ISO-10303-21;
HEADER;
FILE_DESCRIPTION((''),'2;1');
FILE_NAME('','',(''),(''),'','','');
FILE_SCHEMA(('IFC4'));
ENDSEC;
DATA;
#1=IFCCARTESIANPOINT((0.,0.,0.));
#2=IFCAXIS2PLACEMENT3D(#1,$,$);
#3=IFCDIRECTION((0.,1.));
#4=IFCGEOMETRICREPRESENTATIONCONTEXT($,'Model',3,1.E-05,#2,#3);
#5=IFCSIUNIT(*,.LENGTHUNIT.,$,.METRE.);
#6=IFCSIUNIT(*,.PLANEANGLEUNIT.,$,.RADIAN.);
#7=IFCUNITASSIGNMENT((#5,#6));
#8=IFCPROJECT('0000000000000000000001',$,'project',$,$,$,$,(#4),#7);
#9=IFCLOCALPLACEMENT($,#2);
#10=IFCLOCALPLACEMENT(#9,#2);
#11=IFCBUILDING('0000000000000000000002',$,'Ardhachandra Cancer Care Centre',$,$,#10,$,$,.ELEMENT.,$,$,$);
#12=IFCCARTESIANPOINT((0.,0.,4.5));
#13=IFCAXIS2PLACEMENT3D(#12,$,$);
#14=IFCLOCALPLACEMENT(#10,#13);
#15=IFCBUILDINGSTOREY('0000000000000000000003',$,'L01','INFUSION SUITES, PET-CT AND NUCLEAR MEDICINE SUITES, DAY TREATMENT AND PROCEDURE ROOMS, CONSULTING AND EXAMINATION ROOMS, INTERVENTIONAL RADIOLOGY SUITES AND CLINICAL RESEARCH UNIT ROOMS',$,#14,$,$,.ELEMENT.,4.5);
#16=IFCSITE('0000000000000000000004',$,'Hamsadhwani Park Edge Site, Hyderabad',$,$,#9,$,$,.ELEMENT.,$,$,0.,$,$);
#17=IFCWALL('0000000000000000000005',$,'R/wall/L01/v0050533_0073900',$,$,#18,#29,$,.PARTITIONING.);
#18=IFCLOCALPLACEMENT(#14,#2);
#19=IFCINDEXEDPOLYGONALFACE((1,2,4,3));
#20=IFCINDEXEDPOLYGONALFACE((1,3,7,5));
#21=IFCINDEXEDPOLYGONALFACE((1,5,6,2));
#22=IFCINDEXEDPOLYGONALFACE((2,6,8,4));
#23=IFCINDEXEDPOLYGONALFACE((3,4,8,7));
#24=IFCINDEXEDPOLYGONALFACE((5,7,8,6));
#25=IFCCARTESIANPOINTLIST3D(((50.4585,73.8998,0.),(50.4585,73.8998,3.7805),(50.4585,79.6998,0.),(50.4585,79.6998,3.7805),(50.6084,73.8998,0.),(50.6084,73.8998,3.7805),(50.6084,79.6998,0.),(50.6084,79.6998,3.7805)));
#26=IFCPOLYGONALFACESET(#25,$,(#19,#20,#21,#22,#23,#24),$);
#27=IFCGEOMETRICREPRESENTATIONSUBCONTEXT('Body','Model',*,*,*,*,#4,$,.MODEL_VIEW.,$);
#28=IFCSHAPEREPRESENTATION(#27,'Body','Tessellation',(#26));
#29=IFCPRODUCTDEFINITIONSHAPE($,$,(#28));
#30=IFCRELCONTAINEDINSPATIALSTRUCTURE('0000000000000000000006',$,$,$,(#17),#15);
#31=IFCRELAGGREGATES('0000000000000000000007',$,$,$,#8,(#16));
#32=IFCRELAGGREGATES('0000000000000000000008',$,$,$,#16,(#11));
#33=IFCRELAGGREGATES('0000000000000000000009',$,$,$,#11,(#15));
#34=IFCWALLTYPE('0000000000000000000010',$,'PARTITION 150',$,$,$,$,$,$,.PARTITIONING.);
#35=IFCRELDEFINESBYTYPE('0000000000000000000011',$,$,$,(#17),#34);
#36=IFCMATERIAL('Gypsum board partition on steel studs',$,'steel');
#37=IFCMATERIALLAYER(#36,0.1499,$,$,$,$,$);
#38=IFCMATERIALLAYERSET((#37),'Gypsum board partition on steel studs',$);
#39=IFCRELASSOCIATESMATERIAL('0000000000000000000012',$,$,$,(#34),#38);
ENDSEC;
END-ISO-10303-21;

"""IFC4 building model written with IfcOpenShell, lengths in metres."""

from ifc_helpers import new_model, si_unit, direction, frame, frame_2d, origin, place, context, subcontext, project, spatial, rectangle, extrude, material, layer, layer_set, type_object, element, save


model = new_model("IFC4")

# Units and contexts
model_context = context("Model", 3, precision=1e-05, world=origin(), true_north=direction((0.0, 1.0)))
body_context = subcontext(model_context, "Body", "Model", "MODEL_VIEW")
ifc_project = project(units=[si_unit("LENGTHUNIT", "METRE"), si_unit("PLANEANGLEUNIT", "RADIAN")], contexts=[model_context])

# Site, building, storey
site_placement = place(None, origin())
site = spatial("IfcSite", under=ifc_project, at=site_placement, Name="Hamsadhwani Park Edge Site, Hyderabad", CompositionType="ELEMENT", RefElevation=0.0)
building_placement = place(site_placement, origin())
building = spatial("IfcBuilding", under=site, at=building_placement, Name="Ardhachandra Cancer Care Centre", CompositionType="ELEMENT")
storey_placement = place(building_placement, frame((0.0, 0.0, 4.5)))
storey = spatial("IfcBuildingStorey", under=building, at=storey_placement, Name="L01", Description="INFUSION SUITES, PET-CT AND NUCLEAR MEDICINE SUITES, DAY TREATMENT AND PROCEDURE ROOMS, CONSULTING AND EXAMINATION ROOMS, INTERVENTIONAL RADIOLOGY SUITES AND CLINICAL RESEARCH UNIT ROOMS", CompositionType="ELEMENT", Elevation=4.5)

# Wall
ifc_material_1 = material(Name="Gypsum board partition on steel studs", Category="steel")
ifc_layer_1 = layer(ifc_material_1, 0.1499)
ifc_layer_set_1 = layer_set([ifc_layer_1], Name="Gypsum board partition on steel studs")
wall_type_1 = type_object("IfcWallType", Name="PARTITION 150", PredefinedType="PARTITIONING", material=ifc_layer_set_1)
wall_1_placement = place(storey_placement, frame((50.5334, 73.8999, 0.0), z_axis=(0.0, 0.0, 1.0), x_axis=(0.0, 1.0, 0.0)))
element("IfcWall", 1, at=wall_1_placement, inside=storey, type_object=wall_type_1, Name="R/wall/L01/v0050533_0073900", PredefinedType="PARTITIONING", context=body_context, shape_type="SweptSolid", body=[
    extrude(rectangle(XDim=5.8, YDim=0.1499, at=frame_2d((2.8999, 0.0))), origin(), (0.0, 0.0, 1.0), 3.7805),
])

save(model, "model.ifc")
